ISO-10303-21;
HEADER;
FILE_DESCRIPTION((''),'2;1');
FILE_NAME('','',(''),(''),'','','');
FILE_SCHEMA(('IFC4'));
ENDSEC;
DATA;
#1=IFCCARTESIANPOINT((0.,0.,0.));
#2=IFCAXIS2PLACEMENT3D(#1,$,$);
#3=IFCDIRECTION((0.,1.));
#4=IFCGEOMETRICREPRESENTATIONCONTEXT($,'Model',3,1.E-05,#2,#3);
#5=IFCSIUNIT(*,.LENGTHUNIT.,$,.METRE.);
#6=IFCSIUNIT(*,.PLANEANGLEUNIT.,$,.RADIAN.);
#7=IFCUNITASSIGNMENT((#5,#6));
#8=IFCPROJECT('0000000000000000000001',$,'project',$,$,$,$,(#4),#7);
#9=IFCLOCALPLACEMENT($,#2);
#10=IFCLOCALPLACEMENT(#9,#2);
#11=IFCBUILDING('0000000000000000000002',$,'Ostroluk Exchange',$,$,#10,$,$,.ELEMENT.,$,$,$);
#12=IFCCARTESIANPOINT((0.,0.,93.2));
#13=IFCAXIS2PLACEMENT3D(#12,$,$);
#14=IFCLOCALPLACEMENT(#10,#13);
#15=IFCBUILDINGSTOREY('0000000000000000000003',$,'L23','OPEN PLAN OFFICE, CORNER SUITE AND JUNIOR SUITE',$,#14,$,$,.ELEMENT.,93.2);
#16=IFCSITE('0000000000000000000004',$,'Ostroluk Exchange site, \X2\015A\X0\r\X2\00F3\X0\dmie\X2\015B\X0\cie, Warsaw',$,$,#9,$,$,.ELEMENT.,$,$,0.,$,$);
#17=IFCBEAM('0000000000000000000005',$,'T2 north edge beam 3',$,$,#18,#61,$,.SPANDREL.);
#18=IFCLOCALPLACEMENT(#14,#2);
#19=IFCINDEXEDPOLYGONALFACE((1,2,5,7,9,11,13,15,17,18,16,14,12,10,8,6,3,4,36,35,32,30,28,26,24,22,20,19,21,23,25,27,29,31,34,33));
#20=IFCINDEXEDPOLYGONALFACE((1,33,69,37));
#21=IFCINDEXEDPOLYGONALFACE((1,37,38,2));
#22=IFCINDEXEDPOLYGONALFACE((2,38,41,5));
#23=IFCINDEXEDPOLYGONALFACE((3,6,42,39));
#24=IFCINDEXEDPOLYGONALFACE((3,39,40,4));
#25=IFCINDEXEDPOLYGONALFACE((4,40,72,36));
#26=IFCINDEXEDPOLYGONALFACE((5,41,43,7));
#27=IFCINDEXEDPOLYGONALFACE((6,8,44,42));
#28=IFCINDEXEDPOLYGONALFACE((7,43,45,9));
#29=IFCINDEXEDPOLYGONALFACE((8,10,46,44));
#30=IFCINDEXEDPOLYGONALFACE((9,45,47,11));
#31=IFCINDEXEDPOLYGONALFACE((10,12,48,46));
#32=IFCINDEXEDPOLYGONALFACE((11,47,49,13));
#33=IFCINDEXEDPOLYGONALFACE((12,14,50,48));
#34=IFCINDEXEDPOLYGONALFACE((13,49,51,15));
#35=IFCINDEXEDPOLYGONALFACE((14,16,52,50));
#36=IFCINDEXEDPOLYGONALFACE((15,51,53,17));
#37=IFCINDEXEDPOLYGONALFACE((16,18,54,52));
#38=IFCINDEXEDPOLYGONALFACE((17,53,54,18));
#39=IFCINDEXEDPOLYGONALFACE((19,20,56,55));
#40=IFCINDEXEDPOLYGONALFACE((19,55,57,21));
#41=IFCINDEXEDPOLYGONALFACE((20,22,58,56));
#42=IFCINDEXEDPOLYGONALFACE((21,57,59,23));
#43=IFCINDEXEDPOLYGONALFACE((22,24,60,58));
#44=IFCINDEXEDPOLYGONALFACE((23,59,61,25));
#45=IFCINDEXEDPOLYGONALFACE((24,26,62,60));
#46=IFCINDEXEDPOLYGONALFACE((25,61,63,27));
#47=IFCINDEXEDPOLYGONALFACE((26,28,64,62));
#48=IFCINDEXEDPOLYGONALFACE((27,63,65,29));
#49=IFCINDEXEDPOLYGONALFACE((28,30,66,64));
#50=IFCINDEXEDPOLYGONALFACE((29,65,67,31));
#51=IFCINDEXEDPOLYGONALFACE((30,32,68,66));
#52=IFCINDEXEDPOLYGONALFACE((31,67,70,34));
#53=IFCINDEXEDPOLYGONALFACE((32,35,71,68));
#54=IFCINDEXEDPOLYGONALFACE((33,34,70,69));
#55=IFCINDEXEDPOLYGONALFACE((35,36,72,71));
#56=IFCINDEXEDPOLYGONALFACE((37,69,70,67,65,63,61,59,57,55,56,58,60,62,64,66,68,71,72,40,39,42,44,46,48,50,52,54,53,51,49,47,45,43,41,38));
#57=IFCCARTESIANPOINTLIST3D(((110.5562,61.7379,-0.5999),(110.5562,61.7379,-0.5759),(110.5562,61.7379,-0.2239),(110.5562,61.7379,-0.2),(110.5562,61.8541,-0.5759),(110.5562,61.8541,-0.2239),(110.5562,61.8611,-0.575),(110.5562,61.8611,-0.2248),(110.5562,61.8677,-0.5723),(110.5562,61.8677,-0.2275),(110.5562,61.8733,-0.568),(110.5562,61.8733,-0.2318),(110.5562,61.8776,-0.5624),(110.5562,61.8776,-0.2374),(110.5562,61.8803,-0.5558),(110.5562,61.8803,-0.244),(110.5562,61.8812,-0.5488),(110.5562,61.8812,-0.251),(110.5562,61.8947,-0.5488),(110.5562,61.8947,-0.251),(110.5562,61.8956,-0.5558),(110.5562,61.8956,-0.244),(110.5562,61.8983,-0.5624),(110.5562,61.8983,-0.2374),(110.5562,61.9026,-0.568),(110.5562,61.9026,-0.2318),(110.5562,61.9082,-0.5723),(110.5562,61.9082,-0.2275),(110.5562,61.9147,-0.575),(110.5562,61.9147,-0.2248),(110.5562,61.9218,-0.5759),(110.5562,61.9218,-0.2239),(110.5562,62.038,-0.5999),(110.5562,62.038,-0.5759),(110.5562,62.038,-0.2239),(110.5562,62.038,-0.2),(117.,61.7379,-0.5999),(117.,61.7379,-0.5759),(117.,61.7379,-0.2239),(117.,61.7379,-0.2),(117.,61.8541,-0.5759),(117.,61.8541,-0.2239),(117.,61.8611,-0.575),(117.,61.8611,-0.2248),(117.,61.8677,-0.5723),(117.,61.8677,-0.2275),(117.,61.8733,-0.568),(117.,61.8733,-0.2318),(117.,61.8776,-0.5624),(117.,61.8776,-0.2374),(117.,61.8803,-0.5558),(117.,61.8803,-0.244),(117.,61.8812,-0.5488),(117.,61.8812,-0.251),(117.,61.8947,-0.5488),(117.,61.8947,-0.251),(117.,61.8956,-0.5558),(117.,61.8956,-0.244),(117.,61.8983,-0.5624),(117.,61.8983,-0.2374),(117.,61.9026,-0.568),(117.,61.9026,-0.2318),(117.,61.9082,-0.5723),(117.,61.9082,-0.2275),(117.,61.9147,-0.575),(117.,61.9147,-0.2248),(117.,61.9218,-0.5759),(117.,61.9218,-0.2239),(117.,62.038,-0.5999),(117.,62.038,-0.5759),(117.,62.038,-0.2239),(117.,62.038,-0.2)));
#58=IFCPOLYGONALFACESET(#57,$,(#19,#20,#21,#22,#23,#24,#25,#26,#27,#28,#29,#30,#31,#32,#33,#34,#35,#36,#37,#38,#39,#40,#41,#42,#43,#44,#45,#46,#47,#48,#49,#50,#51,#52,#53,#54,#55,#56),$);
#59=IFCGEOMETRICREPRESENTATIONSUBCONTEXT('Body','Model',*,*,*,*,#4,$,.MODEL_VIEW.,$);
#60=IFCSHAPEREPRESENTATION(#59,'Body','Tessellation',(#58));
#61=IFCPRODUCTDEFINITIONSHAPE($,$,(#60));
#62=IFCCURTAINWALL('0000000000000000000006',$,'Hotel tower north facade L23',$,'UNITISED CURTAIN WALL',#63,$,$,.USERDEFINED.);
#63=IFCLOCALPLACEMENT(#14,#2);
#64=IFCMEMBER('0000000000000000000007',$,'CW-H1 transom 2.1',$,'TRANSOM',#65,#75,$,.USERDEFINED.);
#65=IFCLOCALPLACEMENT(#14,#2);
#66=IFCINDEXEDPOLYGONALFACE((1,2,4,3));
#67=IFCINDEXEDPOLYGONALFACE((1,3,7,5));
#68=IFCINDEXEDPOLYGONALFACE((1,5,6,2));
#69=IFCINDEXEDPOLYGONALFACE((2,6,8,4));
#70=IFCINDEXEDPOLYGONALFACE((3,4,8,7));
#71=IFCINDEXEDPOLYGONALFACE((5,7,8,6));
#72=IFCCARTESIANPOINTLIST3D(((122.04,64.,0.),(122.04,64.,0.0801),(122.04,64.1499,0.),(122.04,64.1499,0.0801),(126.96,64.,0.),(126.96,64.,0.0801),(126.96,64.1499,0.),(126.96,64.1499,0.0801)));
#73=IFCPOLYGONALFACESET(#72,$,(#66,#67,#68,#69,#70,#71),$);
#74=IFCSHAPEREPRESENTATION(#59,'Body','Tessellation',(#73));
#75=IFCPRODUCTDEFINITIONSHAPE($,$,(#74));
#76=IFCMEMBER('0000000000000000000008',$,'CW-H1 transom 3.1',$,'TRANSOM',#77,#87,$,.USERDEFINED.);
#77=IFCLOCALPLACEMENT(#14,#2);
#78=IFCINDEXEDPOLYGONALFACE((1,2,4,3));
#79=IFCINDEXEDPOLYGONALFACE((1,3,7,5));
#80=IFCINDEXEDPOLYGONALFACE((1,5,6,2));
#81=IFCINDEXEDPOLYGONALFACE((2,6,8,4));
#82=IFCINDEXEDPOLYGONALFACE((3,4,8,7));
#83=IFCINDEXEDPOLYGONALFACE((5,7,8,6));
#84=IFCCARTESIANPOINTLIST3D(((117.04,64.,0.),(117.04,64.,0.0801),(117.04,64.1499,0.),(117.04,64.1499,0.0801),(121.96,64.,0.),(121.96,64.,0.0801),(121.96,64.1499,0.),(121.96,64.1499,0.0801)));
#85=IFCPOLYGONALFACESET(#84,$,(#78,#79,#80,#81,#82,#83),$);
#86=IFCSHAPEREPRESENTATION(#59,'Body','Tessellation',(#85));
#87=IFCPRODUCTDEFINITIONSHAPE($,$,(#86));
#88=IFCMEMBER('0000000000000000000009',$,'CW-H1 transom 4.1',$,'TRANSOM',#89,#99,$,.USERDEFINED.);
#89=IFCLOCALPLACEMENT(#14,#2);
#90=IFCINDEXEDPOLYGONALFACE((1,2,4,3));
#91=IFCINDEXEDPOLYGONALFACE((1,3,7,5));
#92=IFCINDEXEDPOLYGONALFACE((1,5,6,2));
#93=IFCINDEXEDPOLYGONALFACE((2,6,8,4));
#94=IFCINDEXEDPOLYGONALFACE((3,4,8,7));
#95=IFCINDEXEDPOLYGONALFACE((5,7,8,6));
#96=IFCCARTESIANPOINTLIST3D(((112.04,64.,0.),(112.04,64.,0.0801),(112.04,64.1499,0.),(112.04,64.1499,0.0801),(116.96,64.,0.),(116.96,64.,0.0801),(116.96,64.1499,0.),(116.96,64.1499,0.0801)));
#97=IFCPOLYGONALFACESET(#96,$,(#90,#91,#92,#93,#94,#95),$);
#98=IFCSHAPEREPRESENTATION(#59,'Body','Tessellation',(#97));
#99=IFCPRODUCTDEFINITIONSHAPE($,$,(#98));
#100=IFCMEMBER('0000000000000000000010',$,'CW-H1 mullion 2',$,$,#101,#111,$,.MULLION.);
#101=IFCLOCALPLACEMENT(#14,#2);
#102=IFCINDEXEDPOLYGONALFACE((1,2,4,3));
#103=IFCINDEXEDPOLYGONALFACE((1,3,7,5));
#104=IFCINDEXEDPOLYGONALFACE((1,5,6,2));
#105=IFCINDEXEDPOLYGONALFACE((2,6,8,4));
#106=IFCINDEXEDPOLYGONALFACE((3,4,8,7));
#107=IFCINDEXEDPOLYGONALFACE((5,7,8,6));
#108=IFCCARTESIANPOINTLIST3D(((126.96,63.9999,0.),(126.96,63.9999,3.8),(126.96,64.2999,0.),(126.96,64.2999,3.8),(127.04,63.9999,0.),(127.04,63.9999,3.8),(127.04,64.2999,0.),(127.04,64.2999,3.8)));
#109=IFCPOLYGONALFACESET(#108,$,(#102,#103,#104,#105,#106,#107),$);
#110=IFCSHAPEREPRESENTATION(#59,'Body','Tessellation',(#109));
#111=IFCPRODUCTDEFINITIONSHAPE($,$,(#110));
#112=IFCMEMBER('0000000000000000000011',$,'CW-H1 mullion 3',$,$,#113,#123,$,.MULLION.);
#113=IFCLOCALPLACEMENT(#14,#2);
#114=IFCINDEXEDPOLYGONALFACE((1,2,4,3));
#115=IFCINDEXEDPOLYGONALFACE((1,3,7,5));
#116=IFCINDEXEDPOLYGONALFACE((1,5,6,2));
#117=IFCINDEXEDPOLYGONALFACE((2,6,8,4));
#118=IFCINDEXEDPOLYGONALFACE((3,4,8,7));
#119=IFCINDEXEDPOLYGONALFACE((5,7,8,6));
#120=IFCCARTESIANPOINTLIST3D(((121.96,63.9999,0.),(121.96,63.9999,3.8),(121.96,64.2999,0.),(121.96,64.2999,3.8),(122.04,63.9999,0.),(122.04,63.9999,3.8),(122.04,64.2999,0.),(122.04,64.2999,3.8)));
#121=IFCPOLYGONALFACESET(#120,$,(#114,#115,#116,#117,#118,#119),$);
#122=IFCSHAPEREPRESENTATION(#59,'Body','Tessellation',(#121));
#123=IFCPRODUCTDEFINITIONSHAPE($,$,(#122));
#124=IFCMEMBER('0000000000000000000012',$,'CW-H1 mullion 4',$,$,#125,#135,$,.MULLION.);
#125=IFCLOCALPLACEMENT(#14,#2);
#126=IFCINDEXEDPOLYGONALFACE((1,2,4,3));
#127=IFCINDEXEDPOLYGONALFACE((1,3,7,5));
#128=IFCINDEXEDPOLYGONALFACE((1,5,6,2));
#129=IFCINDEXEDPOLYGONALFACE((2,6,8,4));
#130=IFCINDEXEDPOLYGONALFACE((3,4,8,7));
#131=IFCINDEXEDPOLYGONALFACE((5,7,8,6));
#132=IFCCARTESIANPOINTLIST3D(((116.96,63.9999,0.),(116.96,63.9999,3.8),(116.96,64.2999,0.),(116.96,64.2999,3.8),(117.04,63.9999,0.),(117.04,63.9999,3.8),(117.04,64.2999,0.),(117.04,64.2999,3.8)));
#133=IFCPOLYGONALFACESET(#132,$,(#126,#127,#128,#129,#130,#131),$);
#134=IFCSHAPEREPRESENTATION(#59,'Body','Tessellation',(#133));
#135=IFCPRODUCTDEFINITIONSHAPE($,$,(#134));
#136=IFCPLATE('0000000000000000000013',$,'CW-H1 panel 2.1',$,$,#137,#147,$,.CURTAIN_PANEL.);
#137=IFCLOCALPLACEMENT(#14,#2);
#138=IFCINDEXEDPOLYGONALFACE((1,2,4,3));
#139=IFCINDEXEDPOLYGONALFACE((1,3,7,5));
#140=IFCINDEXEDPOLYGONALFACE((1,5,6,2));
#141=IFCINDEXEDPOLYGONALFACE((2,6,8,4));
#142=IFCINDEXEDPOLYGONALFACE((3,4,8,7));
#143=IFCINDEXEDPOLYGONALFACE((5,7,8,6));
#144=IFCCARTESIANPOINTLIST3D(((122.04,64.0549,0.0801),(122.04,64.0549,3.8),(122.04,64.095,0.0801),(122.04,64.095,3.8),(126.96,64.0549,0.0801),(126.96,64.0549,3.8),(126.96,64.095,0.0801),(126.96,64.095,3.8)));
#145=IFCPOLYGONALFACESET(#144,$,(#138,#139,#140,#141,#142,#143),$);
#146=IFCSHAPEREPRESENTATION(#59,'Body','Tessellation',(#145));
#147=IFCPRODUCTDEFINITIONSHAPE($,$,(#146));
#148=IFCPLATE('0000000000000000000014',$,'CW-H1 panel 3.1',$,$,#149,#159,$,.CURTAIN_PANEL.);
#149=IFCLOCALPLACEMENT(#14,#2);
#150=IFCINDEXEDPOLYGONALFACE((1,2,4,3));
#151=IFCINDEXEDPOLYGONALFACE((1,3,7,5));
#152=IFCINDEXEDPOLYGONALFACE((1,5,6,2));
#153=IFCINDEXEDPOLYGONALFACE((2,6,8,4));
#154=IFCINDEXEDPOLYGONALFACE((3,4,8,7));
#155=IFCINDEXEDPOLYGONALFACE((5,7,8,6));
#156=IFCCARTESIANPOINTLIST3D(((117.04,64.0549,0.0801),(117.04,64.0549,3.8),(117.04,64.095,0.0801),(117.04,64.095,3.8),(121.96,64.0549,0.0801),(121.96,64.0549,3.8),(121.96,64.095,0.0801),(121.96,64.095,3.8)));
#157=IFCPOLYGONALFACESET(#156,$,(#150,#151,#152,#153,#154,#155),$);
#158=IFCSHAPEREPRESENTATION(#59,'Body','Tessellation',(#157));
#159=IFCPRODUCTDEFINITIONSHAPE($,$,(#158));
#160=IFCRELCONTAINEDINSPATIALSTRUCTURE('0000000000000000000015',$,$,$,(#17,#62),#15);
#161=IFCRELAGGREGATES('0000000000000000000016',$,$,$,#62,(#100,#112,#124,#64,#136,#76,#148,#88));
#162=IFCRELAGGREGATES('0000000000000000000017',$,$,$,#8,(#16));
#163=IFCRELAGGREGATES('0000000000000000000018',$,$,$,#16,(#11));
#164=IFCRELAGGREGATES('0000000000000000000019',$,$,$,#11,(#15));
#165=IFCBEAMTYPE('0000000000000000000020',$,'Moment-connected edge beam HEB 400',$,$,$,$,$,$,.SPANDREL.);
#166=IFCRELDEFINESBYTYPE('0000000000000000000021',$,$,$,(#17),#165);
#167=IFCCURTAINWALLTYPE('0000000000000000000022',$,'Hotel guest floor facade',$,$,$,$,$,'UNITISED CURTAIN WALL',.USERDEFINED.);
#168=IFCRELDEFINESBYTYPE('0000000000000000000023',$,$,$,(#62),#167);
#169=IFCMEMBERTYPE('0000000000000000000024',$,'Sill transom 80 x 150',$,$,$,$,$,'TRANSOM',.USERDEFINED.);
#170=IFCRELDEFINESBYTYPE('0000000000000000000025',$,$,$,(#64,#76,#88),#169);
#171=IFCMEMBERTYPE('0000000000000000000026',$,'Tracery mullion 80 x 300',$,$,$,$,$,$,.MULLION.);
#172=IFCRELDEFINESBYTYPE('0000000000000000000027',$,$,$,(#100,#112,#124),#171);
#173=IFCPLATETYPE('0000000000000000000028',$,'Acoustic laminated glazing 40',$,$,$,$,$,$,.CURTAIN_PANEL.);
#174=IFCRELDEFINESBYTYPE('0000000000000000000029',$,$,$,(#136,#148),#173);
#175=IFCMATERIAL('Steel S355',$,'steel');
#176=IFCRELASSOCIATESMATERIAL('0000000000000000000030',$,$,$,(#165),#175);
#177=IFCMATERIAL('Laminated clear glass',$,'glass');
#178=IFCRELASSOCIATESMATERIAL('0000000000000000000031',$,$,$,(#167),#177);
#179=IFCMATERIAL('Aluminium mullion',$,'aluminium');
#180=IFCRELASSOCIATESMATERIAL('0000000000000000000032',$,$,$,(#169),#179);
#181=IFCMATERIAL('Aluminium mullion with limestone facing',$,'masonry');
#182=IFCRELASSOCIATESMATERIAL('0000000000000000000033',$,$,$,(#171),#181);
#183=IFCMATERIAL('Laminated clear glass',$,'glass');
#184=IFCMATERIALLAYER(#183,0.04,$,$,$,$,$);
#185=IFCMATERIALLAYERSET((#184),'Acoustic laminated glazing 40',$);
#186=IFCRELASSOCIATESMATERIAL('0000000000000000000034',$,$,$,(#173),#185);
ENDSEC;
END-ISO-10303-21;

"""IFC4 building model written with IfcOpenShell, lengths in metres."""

from ifc_helpers import new_model, si_unit, direction, frame, origin, origin_2d, place, context, subcontext, project, spatial, rectangle, i_section, extrude, material, layer, layer_set, material_profile, profile_set, type_object, element, aggregate, save


model = new_model("IFC4")

# Units and contexts
model_context = context("Model", 3, precision=1e-05, world=origin(), true_north=direction((0.0, 1.0)))
body_context = subcontext(model_context, "Body", "Model", "MODEL_VIEW")
ifc_project = project(units=[si_unit("LENGTHUNIT", "METRE"), si_unit("PLANEANGLEUNIT", "RADIAN")], contexts=[model_context])

# Site, building, storey
site_placement = place(None, origin())
site = spatial("IfcSite", under=ifc_project, at=site_placement, Name="Ostroluk Exchange site, Śródmieście, Warsaw", CompositionType="ELEMENT", RefElevation=0.0)
building_placement = place(site_placement, origin())
building = spatial("IfcBuilding", under=site, at=building_placement, Name="Ostroluk Exchange", CompositionType="ELEMENT")
storey_placement = place(building_placement, frame((0.0, 0.0, 93.2)))
storey = spatial("IfcBuildingStorey", under=building, at=storey_placement, Name="L23", Description="OPEN PLAN OFFICE, CORNER SUITE AND JUNIOR SUITE", CompositionType="ELEMENT", Elevation=93.2)

# Beam
ifc_material_1 = material(Name="Steel S355", Category="steel")
ifc_material_profile_1 = material_profile(ifc_material_1, i_section(OverallWidth=0.3, OverallDepth=0.3999, WebThickness=0.0134, FlangeThickness=0.0239, FilletRadius=0.0271, at=origin_2d()), Name="HEB 400")
ifc_profile_set_1 = profile_set([ifc_material_profile_1], Name="Steel S355")
beam_type = type_object("IfcBeamType", Name="Moment-connected edge beam HEB 400", PredefinedType="SPANDREL", material=ifc_profile_set_1)
for number, where, z_axis, x_axis, name in (
    (1, (117.0, 61.8879, -0.3999), (-1.0, 0.0, 0.0), (0.0, -1.0, 0.0), "T2 north edge beam 3"),
):
    element("IfcBeam", number, at=place(storey_placement, frame(where, z_axis=z_axis, x_axis=x_axis)), inside=storey, type_object=beam_type, Name=name, PredefinedType="SPANDREL", context=body_context, shape_type="SweptSolid", body=[
        extrude(i_section(OverallWidth=0.3, OverallDepth=0.3999, WebThickness=0.0134, FlangeThickness=0.0239, FilletRadius=0.0271, at=origin_2d()), origin(), (0.0, 0.0, 1.0), 6.4438),
    ])

# Curtain wall, members, plates
ifc_material_2 = material(Name="Laminated clear glass", Category="glass")
curtain_wall_type = type_object("IfcCurtainWallType", Name="Hotel guest floor facade", ElementType="UNITISED CURTAIN WALL", PredefinedType="USERDEFINED", material=ifc_material_2)
curtain_wall_placement = place(storey_placement, origin())
curtain_wall = element("IfcCurtainWall", 2, at=curtain_wall_placement, inside=storey, type_object=curtain_wall_type, Name="Hotel tower north facade L23", ObjectType="UNITISED CURTAIN WALL", PredefinedType="USERDEFINED")
ifc_material_3 = material(Name="Aluminium mullion", Category="aluminium")
ifc_material_profile_2 = material_profile(ifc_material_3, rectangle(XDim=0.1499, YDim=0.0801, at=origin_2d()), Name="Sill transom 80 x 150")
ifc_profile_set_2 = profile_set([ifc_material_profile_2], Name="Aluminium mullion")
member_type_1 = type_object("IfcMemberType", Name="Sill transom 80 x 150", ElementType="TRANSOM", PredefinedType="USERDEFINED", material=ifc_profile_set_2)
member_1_placement = place(storey_placement, frame((126.96, 64.075, 0.04), z_axis=(-1.0, 0.0, 0.0), x_axis=(0.0, -1.0, 0.0)))
member_1 = element("IfcMember", 3, at=member_1_placement, type_object=member_type_1, Name="CW-H1 transom 2.1", ObjectType="TRANSOM", PredefinedType="USERDEFINED", context=body_context, shape_type="SweptSolid", body=[
    extrude(rectangle(XDim=0.1499, YDim=0.0801, at=origin_2d()), origin(), (0.0, 0.0, 1.0), 4.9199),
])
member_2_placement = place(storey_placement, frame((121.96, 64.075, 0.04), z_axis=(-1.0, 0.0, 0.0), x_axis=(0.0, -1.0, 0.0)))
member_2 = element("IfcMember", 4, at=member_2_placement, type_object=member_type_1, Name="CW-H1 transom 3.1", ObjectType="TRANSOM", PredefinedType="USERDEFINED", context=body_context, shape_type="SweptSolid", body=[
    extrude(rectangle(XDim=0.1499, YDim=0.0801, at=origin_2d()), origin(), (0.0, 0.0, 1.0), 4.9199),
])
member_3_placement = place(storey_placement, frame((116.96, 64.075, 0.04), z_axis=(-1.0, 0.0, 0.0), x_axis=(0.0, -1.0, 0.0)))
member_3 = element("IfcMember", 5, at=member_3_placement, type_object=member_type_1, Name="CW-H1 transom 4.1", ObjectType="TRANSOM", PredefinedType="USERDEFINED", context=body_context, shape_type="SweptSolid", body=[
    extrude(rectangle(XDim=0.1499, YDim=0.0801, at=origin_2d()), origin(), (0.0, 0.0, 1.0), 4.9199),
])
ifc_material_4 = material(Name="Aluminium mullion with limestone facing", Category="masonry")
ifc_material_profile_3 = material_profile(ifc_material_4, rectangle(XDim=0.3, YDim=0.0801, at=origin_2d()), Name="Tracery mullion 80 x 300")
ifc_profile_set_3 = profile_set([ifc_material_profile_3], Name="Aluminium mullion with limestone facing")
member_type_2 = type_object("IfcMemberType", Name="Tracery mullion 80 x 300", PredefinedType="MULLION", material=ifc_profile_set_3)
member_4_placement = place(storey_placement, frame((127.0, 64.1499, 0.0), z_axis=(0.0, 0.0, 1.0), x_axis=(0.0, -1.0, 0.0)))
member_4 = element("IfcMember", 6, at=member_4_placement, type_object=member_type_2, Name="CW-H1 mullion 2", PredefinedType="MULLION", context=body_context, shape_type="SweptSolid", body=[
    extrude(rectangle(XDim=0.3, YDim=0.0801, at=origin_2d()), origin(), (0.0, 0.0, 1.0), 3.8),
])
member_5_placement = place(storey_placement, frame((122.0, 64.1499, 0.0), z_axis=(0.0, 0.0, 1.0), x_axis=(0.0, -1.0, 0.0)))
member_5 = element("IfcMember", 7, at=member_5_placement, type_object=member_type_2, Name="CW-H1 mullion 3", PredefinedType="MULLION", context=body_context, shape_type="SweptSolid", body=[
    extrude(rectangle(XDim=0.3, YDim=0.0801, at=origin_2d()), origin(), (0.0, 0.0, 1.0), 3.8),
])
member_6_placement = place(storey_placement, frame((117.0, 64.1499, 0.0), z_axis=(0.0, 0.0, 1.0), x_axis=(0.0, -1.0, 0.0)))
member_6 = element("IfcMember", 8, at=member_6_placement, type_object=member_type_2, Name="CW-H1 mullion 4", PredefinedType="MULLION", context=body_context, shape_type="SweptSolid", body=[
    extrude(rectangle(XDim=0.3, YDim=0.0801, at=origin_2d()), origin(), (0.0, 0.0, 1.0), 3.8),
])
ifc_material_5 = material(Name="Laminated clear glass", Category="glass")
ifc_layer_1 = layer(ifc_material_5, 0.04)
ifc_layer_set_1 = layer_set([ifc_layer_1], Name="Acoustic laminated glazing 40")
plate_type = type_object("IfcPlateType", Name="Acoustic laminated glazing 40", PredefinedType="CURTAIN_PANEL", material=ifc_layer_set_1)
plate_1_placement = place(storey_placement, frame((124.5, 64.075, 0.0801), z_axis=(0.0, 0.0, 1.0), x_axis=(-1.0, 0.0, 0.0)))
plate_1 = element("IfcPlate", 9, at=plate_1_placement, type_object=plate_type, Name="CW-H1 panel 2.1", PredefinedType="CURTAIN_PANEL", context=body_context, shape_type="SweptSolid", body=[
    extrude(rectangle(XDim=4.9199, YDim=0.04, at=origin_2d()), origin(), (0.0, 0.0, 1.0), 3.72),
])
plate_2_placement = place(storey_placement, frame((119.5, 64.075, 0.0801), z_axis=(0.0, 0.0, 1.0), x_axis=(-1.0, 0.0, 0.0)))
plate_2 = element("IfcPlate", 10, at=plate_2_placement, type_object=plate_type, Name="CW-H1 panel 3.1", PredefinedType="CURTAIN_PANEL", context=body_context, shape_type="SweptSolid", body=[
    extrude(rectangle(XDim=4.9199, YDim=0.04, at=origin_2d()), origin(), (0.0, 0.0, 1.0), 3.72),
])
aggregate(curtain_wall, [member_4, member_5, member_6, member_1, plate_1, member_2, plate_2, member_3])

save(model, "model.ifc")
